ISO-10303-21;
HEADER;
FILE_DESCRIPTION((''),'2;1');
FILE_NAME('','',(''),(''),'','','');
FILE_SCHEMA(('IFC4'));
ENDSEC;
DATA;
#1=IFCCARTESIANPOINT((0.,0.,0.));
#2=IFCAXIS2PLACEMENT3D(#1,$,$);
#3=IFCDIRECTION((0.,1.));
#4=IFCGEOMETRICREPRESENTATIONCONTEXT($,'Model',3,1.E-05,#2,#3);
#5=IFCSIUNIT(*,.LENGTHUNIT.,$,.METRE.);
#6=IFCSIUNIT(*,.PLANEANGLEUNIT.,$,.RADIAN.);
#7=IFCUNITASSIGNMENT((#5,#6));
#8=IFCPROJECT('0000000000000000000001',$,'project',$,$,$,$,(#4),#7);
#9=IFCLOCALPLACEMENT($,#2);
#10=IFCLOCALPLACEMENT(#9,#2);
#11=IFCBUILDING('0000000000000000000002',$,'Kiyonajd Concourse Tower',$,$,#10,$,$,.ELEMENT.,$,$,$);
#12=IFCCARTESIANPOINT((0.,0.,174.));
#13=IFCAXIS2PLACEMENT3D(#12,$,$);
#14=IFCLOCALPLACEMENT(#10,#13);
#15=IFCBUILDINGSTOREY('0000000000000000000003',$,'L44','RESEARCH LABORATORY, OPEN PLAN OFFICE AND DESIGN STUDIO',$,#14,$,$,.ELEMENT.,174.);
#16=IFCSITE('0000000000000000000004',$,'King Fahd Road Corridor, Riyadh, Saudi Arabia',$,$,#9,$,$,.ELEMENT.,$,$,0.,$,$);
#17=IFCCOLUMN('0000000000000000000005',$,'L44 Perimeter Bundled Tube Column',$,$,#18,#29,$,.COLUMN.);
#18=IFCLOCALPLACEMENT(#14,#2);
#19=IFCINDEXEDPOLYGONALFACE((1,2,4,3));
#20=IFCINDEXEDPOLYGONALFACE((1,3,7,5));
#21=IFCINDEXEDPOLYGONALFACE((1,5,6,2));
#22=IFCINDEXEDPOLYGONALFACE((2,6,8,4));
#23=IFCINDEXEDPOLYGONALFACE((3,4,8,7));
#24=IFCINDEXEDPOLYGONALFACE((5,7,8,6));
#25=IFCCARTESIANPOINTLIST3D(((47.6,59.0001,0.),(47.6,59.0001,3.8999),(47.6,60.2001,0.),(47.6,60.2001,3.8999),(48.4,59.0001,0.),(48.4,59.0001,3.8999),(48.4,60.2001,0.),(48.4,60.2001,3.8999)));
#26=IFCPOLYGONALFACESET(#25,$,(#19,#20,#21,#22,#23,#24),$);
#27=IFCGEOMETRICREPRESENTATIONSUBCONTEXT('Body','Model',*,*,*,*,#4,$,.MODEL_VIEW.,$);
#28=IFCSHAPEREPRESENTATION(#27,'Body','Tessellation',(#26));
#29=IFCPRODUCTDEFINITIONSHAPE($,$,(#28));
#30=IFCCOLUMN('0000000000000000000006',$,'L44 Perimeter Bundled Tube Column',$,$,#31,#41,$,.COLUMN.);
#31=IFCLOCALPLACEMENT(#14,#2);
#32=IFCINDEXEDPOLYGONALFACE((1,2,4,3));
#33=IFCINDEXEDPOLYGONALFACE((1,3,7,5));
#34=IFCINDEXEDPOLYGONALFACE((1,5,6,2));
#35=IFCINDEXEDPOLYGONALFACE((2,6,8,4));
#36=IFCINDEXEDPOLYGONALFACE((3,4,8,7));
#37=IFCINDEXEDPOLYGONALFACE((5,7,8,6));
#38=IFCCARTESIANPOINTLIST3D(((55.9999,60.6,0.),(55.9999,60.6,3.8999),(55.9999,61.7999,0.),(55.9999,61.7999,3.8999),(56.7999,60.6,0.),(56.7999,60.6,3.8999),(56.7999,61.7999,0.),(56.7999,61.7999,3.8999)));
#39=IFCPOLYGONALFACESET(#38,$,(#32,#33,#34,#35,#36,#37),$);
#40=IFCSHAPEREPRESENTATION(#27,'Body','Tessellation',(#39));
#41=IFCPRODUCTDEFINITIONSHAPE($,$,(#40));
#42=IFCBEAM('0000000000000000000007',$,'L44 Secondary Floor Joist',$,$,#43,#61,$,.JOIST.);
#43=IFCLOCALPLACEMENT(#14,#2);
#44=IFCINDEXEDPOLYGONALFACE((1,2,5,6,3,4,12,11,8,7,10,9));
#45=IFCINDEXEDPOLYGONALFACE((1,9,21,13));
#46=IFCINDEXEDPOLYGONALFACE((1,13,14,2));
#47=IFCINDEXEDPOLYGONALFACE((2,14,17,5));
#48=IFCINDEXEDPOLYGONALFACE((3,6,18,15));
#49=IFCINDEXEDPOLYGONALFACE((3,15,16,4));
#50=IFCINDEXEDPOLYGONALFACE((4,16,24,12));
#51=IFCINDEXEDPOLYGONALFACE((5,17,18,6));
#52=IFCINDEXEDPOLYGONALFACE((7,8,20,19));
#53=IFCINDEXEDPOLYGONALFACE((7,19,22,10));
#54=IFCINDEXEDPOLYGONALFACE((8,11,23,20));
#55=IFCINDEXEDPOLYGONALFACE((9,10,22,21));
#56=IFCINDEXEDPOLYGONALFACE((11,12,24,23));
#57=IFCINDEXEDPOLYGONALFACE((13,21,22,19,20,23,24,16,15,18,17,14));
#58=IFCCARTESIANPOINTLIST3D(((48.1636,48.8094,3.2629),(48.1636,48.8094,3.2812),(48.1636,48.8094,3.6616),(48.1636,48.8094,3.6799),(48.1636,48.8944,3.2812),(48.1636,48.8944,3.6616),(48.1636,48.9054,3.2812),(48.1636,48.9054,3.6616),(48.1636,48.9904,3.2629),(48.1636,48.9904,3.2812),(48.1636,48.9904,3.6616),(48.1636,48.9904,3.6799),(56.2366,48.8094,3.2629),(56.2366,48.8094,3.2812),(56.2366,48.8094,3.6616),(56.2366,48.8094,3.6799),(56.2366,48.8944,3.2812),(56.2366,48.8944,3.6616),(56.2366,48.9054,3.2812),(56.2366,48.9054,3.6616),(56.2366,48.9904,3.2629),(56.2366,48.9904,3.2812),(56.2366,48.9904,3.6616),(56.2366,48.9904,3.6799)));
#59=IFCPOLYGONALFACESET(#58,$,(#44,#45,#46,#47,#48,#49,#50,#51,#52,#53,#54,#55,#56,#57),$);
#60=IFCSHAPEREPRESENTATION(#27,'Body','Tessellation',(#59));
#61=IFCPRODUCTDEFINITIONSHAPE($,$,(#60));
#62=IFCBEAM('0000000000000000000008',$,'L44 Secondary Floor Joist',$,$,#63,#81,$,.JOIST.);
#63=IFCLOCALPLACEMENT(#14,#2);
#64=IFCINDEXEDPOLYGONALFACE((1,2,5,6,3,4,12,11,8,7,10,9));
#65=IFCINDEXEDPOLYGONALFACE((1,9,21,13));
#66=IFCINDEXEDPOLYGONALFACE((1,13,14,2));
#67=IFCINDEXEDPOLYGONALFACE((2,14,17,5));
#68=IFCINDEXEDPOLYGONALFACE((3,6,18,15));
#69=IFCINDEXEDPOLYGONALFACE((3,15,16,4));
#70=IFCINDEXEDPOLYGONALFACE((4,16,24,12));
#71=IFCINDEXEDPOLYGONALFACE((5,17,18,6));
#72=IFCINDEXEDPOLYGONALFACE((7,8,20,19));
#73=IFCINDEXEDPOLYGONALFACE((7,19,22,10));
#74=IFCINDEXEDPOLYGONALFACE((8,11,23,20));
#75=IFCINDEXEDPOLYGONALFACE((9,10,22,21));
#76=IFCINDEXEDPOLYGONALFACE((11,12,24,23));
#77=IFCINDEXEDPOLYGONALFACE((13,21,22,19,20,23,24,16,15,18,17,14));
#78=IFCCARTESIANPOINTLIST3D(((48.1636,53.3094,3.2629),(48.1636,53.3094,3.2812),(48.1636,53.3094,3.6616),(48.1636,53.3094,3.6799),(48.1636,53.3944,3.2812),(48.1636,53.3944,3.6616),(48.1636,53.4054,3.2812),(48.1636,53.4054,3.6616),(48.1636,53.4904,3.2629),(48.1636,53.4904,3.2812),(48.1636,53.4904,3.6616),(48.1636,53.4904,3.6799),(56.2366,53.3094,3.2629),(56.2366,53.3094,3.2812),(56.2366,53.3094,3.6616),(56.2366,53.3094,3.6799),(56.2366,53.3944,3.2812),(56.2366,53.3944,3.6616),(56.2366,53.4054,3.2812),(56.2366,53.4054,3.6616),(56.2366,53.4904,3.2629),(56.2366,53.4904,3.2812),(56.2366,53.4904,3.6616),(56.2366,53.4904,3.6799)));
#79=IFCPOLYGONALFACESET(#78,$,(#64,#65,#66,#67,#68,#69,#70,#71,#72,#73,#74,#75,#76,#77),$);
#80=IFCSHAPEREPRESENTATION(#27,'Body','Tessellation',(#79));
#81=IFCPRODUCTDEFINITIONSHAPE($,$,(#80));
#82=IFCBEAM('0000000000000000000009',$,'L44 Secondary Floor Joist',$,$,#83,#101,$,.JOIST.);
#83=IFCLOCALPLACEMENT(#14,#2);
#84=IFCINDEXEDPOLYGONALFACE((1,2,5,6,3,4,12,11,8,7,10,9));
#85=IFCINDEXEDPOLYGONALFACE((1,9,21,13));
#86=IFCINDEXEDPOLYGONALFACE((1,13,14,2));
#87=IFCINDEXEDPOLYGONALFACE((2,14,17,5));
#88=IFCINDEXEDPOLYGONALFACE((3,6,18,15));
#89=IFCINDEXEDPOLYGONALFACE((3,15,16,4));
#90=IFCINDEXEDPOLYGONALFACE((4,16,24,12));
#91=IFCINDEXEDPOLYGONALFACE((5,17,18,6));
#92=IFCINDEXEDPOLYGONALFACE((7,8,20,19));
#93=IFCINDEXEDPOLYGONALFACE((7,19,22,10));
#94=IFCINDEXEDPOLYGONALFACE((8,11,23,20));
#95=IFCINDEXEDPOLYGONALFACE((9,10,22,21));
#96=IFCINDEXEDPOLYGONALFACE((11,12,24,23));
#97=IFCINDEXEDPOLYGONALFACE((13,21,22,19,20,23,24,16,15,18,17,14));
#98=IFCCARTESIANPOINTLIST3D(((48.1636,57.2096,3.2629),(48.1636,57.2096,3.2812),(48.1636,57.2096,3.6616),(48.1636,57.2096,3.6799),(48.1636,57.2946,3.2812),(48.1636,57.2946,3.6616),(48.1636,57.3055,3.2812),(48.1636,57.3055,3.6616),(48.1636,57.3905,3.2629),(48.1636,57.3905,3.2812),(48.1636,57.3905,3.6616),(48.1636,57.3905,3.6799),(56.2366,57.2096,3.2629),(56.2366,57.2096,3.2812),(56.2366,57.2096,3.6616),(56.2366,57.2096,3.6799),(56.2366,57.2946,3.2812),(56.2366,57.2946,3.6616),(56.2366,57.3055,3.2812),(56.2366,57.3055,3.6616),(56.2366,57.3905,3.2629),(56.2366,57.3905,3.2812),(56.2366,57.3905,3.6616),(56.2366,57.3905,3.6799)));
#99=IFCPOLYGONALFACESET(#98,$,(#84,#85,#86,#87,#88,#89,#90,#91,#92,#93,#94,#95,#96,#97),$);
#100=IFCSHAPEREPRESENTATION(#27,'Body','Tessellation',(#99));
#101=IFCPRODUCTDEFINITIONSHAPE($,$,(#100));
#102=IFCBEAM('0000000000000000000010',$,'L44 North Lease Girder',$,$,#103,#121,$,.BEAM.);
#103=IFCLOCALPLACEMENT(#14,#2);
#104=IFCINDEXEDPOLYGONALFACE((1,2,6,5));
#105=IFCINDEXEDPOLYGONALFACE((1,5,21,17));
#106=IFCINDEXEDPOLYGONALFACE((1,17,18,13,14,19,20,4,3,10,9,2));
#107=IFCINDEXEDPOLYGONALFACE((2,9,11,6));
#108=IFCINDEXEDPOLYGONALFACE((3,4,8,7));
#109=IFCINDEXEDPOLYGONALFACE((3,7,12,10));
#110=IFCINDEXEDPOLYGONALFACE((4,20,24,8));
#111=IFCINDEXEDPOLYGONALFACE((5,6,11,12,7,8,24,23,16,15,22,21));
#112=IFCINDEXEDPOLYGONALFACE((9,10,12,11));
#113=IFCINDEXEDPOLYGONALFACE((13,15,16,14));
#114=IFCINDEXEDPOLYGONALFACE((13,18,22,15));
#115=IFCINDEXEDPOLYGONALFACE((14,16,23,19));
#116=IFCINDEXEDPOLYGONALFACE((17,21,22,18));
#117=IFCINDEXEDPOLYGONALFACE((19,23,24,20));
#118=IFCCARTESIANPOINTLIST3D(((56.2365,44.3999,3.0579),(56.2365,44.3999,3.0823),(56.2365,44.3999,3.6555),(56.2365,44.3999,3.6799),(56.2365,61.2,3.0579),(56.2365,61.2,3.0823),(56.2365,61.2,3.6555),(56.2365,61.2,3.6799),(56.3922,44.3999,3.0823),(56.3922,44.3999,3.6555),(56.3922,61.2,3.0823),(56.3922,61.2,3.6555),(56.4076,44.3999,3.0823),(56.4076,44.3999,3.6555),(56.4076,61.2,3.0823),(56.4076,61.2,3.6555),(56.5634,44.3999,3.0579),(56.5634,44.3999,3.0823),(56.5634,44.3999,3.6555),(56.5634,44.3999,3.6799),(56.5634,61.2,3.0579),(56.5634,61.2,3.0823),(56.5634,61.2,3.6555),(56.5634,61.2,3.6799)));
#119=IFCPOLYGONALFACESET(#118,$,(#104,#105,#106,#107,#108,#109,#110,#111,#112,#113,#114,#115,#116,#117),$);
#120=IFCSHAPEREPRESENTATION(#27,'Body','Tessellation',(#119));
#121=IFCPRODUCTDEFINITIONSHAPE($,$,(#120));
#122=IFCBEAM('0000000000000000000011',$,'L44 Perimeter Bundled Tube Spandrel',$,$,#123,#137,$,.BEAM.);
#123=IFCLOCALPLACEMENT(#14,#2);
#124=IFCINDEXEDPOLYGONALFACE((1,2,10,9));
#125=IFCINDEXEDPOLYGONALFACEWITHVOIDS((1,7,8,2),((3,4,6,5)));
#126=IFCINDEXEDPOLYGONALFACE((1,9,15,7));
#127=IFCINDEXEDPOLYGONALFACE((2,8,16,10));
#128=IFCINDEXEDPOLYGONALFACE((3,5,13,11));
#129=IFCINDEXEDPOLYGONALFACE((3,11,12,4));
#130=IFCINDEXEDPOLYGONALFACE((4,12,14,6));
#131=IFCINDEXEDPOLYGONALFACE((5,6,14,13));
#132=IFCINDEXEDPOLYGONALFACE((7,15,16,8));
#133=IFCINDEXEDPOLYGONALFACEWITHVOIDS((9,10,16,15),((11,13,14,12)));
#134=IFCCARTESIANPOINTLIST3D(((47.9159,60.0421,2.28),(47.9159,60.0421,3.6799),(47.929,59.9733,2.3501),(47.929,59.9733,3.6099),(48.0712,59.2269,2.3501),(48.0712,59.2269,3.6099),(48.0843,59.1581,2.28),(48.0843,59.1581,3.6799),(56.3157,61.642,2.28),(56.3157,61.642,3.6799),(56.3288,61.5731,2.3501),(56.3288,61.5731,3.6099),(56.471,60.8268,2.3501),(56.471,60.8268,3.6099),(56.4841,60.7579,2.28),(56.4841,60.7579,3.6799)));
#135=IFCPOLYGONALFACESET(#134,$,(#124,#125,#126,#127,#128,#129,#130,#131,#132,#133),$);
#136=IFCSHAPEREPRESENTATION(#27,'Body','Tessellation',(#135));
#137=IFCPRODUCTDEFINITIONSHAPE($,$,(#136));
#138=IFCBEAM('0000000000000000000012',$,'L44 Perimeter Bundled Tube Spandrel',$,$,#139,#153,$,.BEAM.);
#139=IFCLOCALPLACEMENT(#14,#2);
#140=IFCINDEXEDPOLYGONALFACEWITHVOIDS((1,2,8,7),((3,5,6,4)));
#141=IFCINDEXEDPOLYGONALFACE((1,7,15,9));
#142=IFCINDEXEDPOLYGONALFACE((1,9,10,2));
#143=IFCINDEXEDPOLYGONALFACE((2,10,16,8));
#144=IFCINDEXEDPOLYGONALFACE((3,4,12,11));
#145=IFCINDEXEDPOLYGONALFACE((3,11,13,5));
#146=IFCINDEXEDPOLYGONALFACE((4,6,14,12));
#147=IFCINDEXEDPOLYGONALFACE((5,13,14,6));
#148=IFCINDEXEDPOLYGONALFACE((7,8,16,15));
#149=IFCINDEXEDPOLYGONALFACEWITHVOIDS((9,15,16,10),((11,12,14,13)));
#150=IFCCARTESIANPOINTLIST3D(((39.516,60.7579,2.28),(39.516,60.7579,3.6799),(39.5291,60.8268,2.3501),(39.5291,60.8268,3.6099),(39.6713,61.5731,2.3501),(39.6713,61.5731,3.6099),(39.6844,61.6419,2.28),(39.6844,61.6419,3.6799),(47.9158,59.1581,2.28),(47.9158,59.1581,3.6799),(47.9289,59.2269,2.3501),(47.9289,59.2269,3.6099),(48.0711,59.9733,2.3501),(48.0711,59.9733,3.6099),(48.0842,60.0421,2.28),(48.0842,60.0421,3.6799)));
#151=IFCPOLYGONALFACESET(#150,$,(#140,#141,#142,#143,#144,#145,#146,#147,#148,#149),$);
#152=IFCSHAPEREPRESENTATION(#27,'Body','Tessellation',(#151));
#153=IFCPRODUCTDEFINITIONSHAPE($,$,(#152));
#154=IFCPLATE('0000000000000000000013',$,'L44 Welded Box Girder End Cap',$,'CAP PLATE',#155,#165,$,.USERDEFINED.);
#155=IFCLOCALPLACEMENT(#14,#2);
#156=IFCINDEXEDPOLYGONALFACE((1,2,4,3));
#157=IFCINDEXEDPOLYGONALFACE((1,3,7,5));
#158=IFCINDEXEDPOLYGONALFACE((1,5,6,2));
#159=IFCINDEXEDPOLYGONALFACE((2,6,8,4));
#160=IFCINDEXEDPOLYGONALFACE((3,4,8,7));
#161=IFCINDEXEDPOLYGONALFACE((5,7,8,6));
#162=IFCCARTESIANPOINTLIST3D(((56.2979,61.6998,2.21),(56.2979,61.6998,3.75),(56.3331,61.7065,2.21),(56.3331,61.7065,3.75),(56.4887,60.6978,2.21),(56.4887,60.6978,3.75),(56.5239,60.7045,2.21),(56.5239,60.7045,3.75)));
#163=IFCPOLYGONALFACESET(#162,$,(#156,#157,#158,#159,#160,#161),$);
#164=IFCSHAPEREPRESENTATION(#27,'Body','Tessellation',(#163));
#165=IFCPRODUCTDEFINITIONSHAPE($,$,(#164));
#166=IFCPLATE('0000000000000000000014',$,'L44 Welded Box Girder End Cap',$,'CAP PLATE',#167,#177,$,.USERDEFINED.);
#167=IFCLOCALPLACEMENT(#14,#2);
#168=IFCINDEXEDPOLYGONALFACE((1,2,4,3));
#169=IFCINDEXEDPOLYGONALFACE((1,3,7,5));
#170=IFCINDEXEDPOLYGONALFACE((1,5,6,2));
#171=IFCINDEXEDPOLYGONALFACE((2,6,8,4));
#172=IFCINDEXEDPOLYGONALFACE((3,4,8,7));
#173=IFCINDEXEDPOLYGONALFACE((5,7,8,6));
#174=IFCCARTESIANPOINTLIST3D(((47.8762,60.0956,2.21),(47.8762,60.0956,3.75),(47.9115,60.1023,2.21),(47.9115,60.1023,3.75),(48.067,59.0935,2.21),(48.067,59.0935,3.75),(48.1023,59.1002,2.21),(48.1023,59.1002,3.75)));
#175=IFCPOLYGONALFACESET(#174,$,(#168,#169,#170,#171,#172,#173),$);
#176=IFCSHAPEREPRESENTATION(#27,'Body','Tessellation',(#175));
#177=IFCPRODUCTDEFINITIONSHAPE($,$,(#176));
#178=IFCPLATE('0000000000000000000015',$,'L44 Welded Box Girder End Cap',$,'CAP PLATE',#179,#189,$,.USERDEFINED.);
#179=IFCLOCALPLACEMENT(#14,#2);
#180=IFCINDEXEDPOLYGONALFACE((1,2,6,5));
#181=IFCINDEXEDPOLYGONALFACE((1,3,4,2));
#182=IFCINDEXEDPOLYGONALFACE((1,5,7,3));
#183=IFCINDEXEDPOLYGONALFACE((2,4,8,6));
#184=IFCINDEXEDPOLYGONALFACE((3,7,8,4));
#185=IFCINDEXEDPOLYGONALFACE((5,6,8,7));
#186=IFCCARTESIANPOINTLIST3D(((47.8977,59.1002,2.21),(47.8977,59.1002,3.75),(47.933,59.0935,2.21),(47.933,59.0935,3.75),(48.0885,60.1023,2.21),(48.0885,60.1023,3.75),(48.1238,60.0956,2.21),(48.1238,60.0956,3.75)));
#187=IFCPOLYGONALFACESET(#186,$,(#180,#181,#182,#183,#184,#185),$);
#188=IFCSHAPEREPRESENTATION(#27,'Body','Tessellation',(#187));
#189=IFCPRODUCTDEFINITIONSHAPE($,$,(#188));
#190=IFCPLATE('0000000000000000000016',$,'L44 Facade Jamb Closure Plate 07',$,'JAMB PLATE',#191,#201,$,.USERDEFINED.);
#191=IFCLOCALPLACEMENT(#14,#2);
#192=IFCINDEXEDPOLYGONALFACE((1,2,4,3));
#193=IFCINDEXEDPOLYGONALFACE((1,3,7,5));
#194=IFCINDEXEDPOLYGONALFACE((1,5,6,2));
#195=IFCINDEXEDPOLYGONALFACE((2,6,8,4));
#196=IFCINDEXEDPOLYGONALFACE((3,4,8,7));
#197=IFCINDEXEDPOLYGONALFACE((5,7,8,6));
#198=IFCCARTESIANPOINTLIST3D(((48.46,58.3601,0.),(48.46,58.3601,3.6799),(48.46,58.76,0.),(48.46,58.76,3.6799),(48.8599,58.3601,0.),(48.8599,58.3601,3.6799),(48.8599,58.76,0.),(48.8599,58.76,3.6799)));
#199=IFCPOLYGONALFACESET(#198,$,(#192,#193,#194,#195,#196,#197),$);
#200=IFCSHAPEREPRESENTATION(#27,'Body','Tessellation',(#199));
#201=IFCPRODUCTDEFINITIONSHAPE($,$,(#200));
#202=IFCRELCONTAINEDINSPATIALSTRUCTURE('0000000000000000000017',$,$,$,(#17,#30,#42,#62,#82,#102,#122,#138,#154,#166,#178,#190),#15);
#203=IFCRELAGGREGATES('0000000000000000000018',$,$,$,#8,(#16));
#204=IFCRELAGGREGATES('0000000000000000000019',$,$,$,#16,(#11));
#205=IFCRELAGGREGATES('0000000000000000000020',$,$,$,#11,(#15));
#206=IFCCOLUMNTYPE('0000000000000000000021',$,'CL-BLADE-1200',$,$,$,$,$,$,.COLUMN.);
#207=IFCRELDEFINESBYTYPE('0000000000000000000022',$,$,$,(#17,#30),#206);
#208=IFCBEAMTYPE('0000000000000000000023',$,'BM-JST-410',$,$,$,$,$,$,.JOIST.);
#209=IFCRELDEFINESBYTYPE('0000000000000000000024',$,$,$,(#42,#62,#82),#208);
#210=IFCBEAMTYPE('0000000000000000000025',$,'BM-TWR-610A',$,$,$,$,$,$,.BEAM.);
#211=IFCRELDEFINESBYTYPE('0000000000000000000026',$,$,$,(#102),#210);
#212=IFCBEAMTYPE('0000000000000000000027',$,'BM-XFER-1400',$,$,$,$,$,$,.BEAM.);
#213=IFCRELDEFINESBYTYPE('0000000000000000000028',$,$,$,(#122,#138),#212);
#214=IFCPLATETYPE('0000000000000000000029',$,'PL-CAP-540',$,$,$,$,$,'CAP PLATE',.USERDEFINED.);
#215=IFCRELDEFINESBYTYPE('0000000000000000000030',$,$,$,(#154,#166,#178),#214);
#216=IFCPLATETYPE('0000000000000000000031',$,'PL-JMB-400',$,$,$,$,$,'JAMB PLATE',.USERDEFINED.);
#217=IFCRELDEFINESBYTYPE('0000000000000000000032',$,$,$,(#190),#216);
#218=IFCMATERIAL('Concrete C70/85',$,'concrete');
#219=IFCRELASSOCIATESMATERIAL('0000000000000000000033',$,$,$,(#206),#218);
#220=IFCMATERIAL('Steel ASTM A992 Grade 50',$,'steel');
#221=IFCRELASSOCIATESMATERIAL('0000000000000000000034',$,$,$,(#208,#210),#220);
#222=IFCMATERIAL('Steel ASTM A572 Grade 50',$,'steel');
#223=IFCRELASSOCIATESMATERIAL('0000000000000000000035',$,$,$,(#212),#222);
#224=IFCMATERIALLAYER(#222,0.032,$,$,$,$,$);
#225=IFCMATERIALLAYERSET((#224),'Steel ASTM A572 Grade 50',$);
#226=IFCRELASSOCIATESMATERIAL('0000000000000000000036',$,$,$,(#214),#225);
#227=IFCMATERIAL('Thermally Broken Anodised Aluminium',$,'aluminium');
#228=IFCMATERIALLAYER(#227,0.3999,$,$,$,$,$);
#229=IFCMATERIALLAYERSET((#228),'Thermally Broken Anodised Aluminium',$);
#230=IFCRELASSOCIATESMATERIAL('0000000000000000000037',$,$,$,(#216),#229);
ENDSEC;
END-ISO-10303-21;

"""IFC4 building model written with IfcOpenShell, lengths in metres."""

from ifc_helpers import new_model, si_unit, direction, frame, origin, origin_2d, place, context, subcontext, project, spatial, rectangle, hollow_rectangle, i_section, extrude, material, layer, layer_set, material_profile, profile_set, type_object, element, save


model = new_model("IFC4")

# Units and contexts
model_context = context("Model", 3, precision=1e-05, world=origin(), true_north=direction((0.0, 1.0)))
body_context = subcontext(model_context, "Body", "Model", "MODEL_VIEW")
ifc_project = project(units=[si_unit("LENGTHUNIT", "METRE"), si_unit("PLANEANGLEUNIT", "RADIAN")], contexts=[model_context])

# Site, building, storey
site_placement = place(None, origin())
site = spatial("IfcSite", under=ifc_project, at=site_placement, Name="King Fahd Road Corridor, Riyadh, Saudi Arabia", CompositionType="ELEMENT", RefElevation=0.0)
building_placement = place(site_placement, origin())
building = spatial("IfcBuilding", under=site, at=building_placement, Name="Kiyonajd Concourse Tower", CompositionType="ELEMENT")
storey_placement = place(building_placement, frame((0.0, 0.0, 174.0)))
storey = spatial("IfcBuildingStorey", under=building, at=storey_placement, Name="L44", Description="RESEARCH LABORATORY, OPEN PLAN OFFICE AND DESIGN STUDIO", CompositionType="ELEMENT", Elevation=174.0)

# Columns
ifc_material_1 = material(Name="Concrete C70/85", Category="concrete")
ifc_material_profile_1 = material_profile(ifc_material_1, rectangle(XDim=0.8, YDim=1.2, at=origin_2d()), Name="RC-1200x800")
ifc_profile_set_1 = profile_set([ifc_material_profile_1], Name="Concrete C70/85")
column_type = type_object("IfcColumnType", Name="CL-BLADE-1200", PredefinedType="COLUMN", material=ifc_profile_set_1)
for number, where, z_axis, x_axis, name in (
    (1, (48.0, 59.6001, 0.0), (0.0, 0.0, 1.0), (1.0, 0.0, 0.0), "L44 Perimeter Bundled Tube Column"),
    (2, (56.3999, 61.2, 0.0), (0.0, 0.0, 1.0), (1.0, 0.0, 0.0), "L44 Perimeter Bundled Tube Column"),
):
    element("IfcColumn", number, at=place(storey_placement, frame(where, z_axis=z_axis, x_axis=x_axis)), inside=storey, type_object=column_type, Name=name, PredefinedType="COLUMN", context=body_context, shape_type="SweptSolid", body=[
        extrude(rectangle(XDim=0.8, YDim=1.2, at=origin_2d()), origin(), (0.0, 0.0, 1.0), 3.8999),
    ])

# Beams
ifc_material_2 = material(Name="Steel ASTM A992 Grade 50", Category="steel")
ifc_material_profile_2 = material_profile(ifc_material_2, i_section(OverallWidth=0.1809, OverallDepth=0.417, WebThickness=0.011, FlangeThickness=0.0183, at=origin_2d()), Name="W410X85")
ifc_profile_set_2 = profile_set([ifc_material_profile_2], Name="Steel ASTM A992 Grade 50")
beam_type_1 = type_object("IfcBeamType", Name="BM-JST-410", PredefinedType="JOIST", material=ifc_profile_set_2)
for number, where, z_axis, x_axis, name in (
    (3, (48.1636, 48.8999, 3.4714), (1.0, 0.0, 0.0), (0.0, 1.0, 0.0), "L44 Secondary Floor Joist"),
    (4, (48.1636, 53.3999, 3.4714), (1.0, 0.0, 0.0), (0.0, 1.0, 0.0), "L44 Secondary Floor Joist"),
    (5, (48.1636, 57.3, 3.4714), (1.0, 0.0, 0.0), (0.0, 1.0, 0.0), "L44 Secondary Floor Joist"),
):
    element("IfcBeam", number, at=place(storey_placement, frame(where, z_axis=z_axis, x_axis=x_axis)), inside=storey, type_object=beam_type_1, Name=name, PredefinedType="JOIST", context=body_context, shape_type="SweptSolid", body=[
        extrude(i_section(OverallWidth=0.1809, OverallDepth=0.417, WebThickness=0.011, FlangeThickness=0.0183, at=origin_2d()), origin(), (0.0, 0.0, 1.0), 8.073),
    ])
ifc_material_profile_3 = material_profile(ifc_material_2, i_section(OverallWidth=0.3269, OverallDepth=0.6221, WebThickness=0.0154, FlangeThickness=0.0244, at=origin_2d()), Name="W610X195")
ifc_profile_set_3 = profile_set([ifc_material_profile_3], Name="Steel ASTM A992 Grade 50")
beam_type_2 = type_object("IfcBeamType", Name="BM-TWR-610A", PredefinedType="BEAM", material=ifc_profile_set_3)
beam_placement = place(storey_placement, frame((56.3999, 44.3999, 3.3689), z_axis=(0.0, 1.0, 0.0), x_axis=(-1.0, 0.0, 0.0)))
element("IfcBeam", 6, at=beam_placement, inside=storey, type_object=beam_type_2, Name="L44 North Lease Girder", PredefinedType="BEAM", context=body_context, shape_type="SweptSolid", body=[
    extrude(i_section(OverallWidth=0.3269, OverallDepth=0.6221, WebThickness=0.0154, FlangeThickness=0.0244, at=origin_2d()), origin(), (0.0, 0.0, 1.0), 16.8),
])
ifc_material_3 = material(Name="Steel ASTM A572 Grade 50", Category="steel")
ifc_material_profile_4 = material_profile(ifc_material_3, hollow_rectangle(XDim=0.8999, YDim=1.3999, WallThickness=0.0701, at=origin_2d()), Name="BOX-1400x900x70")
ifc_profile_set_4 = profile_set([ifc_material_profile_4], Name="Steel ASTM A572 Grade 50")
beam_type_3 = type_object("IfcBeamType", Name="BM-XFER-1400", PredefinedType="BEAM", material=ifc_profile_set_4)
for number, where, z_axis, x_axis, name in (
    (7, (56.3999, 61.2, 2.98), (-0.982341, -0.187098, 0.0), (0.187098, -0.982341, 0.0), "L44 Perimeter Bundled Tube Spandrel"),
    (8, (48.0, 59.6001, 2.98), (-0.982341, 0.187098, 0.0), (-0.187098, -0.982341, 0.0), "L44 Perimeter Bundled Tube Spandrel"),
):
    element("IfcBeam", number, at=place(storey_placement, frame(where, z_axis=z_axis, x_axis=x_axis)), inside=storey, type_object=beam_type_3, Name=name, PredefinedType="BEAM", context=body_context, shape_type="SweptSolid", body=[
        extrude(hollow_rectangle(XDim=0.8999, YDim=1.3999, WallThickness=0.0701, at=origin_2d()), origin(), (0.0, 0.0, 1.0), 8.5508),
    ])

# Plates
ifc_layer_1 = layer(ifc_material_3, 0.032)
ifc_layer_set_1 = layer_set([ifc_layer_1], Name="Steel ASTM A572 Grade 50")
plate_type_1 = type_object("IfcPlateType", Name="PL-CAP-540", ElementType="CAP PLATE", PredefinedType="USERDEFINED", material=ifc_layer_set_1)
for number, where, z_axis, x_axis, name in (
    (9, (56.4109, 61.2021, 2.21), (0.0, 0.0, 1.0), (0.982353, 0.187038, 0.0), "L44 Welded Box Girder End Cap"),
    (10, (47.9893, 59.5979, 2.21), (0.0, 0.0, 1.0), (-0.982353, -0.187038, 0.0), "L44 Welded Box Girder End Cap"),
    (11, (48.0107, 59.5979, 2.21), (0.0, 0.0, 1.0), (0.982353, -0.187038, 0.0), "L44 Welded Box Girder End Cap"),
):
    element("IfcPlate", number, at=place(storey_placement, frame(where, z_axis=z_axis, x_axis=x_axis)), inside=storey, type_object=plate_type_1, Name=name, ObjectType="CAP PLATE", PredefinedType="USERDEFINED", context=body_context, shape_type="SweptSolid", body=[
        extrude(rectangle(XDim=0.0359, YDim=1.02, at=origin_2d()), origin(), (0.0, 0.0, 1.0), 1.54),
    ])
ifc_material_4 = material(Name="Thermally Broken Anodised Aluminium", Category="aluminium")
ifc_layer_2 = layer(ifc_material_4, 0.3999)
ifc_layer_set_2 = layer_set([ifc_layer_2], Name="Thermally Broken Anodised Aluminium")
plate_type_2 = type_object("IfcPlateType", Name="PL-JMB-400", ElementType="JAMB PLATE", PredefinedType="USERDEFINED", material=ifc_layer_set_2)
for number, where, z_axis, x_axis, name in (
    (12, (48.6599, 58.5601, 0.0), (0.0, 0.0, 1.0), (1.0, 0.0, 0.0), "L44 Facade Jamb Closure Plate 07"),
):
    element("IfcPlate", number, at=place(storey_placement, frame(where, z_axis=z_axis, x_axis=x_axis)), inside=storey, type_object=plate_type_2, Name=name, ObjectType="JAMB PLATE", PredefinedType="USERDEFINED", context=body_context, shape_type="SweptSolid", body=[
        extrude(rectangle(XDim=0.3999, YDim=0.3999, at=origin_2d()), origin(), (0.0, 0.0, 1.0), 3.6799),
    ])

save(model, "model.ifc")
